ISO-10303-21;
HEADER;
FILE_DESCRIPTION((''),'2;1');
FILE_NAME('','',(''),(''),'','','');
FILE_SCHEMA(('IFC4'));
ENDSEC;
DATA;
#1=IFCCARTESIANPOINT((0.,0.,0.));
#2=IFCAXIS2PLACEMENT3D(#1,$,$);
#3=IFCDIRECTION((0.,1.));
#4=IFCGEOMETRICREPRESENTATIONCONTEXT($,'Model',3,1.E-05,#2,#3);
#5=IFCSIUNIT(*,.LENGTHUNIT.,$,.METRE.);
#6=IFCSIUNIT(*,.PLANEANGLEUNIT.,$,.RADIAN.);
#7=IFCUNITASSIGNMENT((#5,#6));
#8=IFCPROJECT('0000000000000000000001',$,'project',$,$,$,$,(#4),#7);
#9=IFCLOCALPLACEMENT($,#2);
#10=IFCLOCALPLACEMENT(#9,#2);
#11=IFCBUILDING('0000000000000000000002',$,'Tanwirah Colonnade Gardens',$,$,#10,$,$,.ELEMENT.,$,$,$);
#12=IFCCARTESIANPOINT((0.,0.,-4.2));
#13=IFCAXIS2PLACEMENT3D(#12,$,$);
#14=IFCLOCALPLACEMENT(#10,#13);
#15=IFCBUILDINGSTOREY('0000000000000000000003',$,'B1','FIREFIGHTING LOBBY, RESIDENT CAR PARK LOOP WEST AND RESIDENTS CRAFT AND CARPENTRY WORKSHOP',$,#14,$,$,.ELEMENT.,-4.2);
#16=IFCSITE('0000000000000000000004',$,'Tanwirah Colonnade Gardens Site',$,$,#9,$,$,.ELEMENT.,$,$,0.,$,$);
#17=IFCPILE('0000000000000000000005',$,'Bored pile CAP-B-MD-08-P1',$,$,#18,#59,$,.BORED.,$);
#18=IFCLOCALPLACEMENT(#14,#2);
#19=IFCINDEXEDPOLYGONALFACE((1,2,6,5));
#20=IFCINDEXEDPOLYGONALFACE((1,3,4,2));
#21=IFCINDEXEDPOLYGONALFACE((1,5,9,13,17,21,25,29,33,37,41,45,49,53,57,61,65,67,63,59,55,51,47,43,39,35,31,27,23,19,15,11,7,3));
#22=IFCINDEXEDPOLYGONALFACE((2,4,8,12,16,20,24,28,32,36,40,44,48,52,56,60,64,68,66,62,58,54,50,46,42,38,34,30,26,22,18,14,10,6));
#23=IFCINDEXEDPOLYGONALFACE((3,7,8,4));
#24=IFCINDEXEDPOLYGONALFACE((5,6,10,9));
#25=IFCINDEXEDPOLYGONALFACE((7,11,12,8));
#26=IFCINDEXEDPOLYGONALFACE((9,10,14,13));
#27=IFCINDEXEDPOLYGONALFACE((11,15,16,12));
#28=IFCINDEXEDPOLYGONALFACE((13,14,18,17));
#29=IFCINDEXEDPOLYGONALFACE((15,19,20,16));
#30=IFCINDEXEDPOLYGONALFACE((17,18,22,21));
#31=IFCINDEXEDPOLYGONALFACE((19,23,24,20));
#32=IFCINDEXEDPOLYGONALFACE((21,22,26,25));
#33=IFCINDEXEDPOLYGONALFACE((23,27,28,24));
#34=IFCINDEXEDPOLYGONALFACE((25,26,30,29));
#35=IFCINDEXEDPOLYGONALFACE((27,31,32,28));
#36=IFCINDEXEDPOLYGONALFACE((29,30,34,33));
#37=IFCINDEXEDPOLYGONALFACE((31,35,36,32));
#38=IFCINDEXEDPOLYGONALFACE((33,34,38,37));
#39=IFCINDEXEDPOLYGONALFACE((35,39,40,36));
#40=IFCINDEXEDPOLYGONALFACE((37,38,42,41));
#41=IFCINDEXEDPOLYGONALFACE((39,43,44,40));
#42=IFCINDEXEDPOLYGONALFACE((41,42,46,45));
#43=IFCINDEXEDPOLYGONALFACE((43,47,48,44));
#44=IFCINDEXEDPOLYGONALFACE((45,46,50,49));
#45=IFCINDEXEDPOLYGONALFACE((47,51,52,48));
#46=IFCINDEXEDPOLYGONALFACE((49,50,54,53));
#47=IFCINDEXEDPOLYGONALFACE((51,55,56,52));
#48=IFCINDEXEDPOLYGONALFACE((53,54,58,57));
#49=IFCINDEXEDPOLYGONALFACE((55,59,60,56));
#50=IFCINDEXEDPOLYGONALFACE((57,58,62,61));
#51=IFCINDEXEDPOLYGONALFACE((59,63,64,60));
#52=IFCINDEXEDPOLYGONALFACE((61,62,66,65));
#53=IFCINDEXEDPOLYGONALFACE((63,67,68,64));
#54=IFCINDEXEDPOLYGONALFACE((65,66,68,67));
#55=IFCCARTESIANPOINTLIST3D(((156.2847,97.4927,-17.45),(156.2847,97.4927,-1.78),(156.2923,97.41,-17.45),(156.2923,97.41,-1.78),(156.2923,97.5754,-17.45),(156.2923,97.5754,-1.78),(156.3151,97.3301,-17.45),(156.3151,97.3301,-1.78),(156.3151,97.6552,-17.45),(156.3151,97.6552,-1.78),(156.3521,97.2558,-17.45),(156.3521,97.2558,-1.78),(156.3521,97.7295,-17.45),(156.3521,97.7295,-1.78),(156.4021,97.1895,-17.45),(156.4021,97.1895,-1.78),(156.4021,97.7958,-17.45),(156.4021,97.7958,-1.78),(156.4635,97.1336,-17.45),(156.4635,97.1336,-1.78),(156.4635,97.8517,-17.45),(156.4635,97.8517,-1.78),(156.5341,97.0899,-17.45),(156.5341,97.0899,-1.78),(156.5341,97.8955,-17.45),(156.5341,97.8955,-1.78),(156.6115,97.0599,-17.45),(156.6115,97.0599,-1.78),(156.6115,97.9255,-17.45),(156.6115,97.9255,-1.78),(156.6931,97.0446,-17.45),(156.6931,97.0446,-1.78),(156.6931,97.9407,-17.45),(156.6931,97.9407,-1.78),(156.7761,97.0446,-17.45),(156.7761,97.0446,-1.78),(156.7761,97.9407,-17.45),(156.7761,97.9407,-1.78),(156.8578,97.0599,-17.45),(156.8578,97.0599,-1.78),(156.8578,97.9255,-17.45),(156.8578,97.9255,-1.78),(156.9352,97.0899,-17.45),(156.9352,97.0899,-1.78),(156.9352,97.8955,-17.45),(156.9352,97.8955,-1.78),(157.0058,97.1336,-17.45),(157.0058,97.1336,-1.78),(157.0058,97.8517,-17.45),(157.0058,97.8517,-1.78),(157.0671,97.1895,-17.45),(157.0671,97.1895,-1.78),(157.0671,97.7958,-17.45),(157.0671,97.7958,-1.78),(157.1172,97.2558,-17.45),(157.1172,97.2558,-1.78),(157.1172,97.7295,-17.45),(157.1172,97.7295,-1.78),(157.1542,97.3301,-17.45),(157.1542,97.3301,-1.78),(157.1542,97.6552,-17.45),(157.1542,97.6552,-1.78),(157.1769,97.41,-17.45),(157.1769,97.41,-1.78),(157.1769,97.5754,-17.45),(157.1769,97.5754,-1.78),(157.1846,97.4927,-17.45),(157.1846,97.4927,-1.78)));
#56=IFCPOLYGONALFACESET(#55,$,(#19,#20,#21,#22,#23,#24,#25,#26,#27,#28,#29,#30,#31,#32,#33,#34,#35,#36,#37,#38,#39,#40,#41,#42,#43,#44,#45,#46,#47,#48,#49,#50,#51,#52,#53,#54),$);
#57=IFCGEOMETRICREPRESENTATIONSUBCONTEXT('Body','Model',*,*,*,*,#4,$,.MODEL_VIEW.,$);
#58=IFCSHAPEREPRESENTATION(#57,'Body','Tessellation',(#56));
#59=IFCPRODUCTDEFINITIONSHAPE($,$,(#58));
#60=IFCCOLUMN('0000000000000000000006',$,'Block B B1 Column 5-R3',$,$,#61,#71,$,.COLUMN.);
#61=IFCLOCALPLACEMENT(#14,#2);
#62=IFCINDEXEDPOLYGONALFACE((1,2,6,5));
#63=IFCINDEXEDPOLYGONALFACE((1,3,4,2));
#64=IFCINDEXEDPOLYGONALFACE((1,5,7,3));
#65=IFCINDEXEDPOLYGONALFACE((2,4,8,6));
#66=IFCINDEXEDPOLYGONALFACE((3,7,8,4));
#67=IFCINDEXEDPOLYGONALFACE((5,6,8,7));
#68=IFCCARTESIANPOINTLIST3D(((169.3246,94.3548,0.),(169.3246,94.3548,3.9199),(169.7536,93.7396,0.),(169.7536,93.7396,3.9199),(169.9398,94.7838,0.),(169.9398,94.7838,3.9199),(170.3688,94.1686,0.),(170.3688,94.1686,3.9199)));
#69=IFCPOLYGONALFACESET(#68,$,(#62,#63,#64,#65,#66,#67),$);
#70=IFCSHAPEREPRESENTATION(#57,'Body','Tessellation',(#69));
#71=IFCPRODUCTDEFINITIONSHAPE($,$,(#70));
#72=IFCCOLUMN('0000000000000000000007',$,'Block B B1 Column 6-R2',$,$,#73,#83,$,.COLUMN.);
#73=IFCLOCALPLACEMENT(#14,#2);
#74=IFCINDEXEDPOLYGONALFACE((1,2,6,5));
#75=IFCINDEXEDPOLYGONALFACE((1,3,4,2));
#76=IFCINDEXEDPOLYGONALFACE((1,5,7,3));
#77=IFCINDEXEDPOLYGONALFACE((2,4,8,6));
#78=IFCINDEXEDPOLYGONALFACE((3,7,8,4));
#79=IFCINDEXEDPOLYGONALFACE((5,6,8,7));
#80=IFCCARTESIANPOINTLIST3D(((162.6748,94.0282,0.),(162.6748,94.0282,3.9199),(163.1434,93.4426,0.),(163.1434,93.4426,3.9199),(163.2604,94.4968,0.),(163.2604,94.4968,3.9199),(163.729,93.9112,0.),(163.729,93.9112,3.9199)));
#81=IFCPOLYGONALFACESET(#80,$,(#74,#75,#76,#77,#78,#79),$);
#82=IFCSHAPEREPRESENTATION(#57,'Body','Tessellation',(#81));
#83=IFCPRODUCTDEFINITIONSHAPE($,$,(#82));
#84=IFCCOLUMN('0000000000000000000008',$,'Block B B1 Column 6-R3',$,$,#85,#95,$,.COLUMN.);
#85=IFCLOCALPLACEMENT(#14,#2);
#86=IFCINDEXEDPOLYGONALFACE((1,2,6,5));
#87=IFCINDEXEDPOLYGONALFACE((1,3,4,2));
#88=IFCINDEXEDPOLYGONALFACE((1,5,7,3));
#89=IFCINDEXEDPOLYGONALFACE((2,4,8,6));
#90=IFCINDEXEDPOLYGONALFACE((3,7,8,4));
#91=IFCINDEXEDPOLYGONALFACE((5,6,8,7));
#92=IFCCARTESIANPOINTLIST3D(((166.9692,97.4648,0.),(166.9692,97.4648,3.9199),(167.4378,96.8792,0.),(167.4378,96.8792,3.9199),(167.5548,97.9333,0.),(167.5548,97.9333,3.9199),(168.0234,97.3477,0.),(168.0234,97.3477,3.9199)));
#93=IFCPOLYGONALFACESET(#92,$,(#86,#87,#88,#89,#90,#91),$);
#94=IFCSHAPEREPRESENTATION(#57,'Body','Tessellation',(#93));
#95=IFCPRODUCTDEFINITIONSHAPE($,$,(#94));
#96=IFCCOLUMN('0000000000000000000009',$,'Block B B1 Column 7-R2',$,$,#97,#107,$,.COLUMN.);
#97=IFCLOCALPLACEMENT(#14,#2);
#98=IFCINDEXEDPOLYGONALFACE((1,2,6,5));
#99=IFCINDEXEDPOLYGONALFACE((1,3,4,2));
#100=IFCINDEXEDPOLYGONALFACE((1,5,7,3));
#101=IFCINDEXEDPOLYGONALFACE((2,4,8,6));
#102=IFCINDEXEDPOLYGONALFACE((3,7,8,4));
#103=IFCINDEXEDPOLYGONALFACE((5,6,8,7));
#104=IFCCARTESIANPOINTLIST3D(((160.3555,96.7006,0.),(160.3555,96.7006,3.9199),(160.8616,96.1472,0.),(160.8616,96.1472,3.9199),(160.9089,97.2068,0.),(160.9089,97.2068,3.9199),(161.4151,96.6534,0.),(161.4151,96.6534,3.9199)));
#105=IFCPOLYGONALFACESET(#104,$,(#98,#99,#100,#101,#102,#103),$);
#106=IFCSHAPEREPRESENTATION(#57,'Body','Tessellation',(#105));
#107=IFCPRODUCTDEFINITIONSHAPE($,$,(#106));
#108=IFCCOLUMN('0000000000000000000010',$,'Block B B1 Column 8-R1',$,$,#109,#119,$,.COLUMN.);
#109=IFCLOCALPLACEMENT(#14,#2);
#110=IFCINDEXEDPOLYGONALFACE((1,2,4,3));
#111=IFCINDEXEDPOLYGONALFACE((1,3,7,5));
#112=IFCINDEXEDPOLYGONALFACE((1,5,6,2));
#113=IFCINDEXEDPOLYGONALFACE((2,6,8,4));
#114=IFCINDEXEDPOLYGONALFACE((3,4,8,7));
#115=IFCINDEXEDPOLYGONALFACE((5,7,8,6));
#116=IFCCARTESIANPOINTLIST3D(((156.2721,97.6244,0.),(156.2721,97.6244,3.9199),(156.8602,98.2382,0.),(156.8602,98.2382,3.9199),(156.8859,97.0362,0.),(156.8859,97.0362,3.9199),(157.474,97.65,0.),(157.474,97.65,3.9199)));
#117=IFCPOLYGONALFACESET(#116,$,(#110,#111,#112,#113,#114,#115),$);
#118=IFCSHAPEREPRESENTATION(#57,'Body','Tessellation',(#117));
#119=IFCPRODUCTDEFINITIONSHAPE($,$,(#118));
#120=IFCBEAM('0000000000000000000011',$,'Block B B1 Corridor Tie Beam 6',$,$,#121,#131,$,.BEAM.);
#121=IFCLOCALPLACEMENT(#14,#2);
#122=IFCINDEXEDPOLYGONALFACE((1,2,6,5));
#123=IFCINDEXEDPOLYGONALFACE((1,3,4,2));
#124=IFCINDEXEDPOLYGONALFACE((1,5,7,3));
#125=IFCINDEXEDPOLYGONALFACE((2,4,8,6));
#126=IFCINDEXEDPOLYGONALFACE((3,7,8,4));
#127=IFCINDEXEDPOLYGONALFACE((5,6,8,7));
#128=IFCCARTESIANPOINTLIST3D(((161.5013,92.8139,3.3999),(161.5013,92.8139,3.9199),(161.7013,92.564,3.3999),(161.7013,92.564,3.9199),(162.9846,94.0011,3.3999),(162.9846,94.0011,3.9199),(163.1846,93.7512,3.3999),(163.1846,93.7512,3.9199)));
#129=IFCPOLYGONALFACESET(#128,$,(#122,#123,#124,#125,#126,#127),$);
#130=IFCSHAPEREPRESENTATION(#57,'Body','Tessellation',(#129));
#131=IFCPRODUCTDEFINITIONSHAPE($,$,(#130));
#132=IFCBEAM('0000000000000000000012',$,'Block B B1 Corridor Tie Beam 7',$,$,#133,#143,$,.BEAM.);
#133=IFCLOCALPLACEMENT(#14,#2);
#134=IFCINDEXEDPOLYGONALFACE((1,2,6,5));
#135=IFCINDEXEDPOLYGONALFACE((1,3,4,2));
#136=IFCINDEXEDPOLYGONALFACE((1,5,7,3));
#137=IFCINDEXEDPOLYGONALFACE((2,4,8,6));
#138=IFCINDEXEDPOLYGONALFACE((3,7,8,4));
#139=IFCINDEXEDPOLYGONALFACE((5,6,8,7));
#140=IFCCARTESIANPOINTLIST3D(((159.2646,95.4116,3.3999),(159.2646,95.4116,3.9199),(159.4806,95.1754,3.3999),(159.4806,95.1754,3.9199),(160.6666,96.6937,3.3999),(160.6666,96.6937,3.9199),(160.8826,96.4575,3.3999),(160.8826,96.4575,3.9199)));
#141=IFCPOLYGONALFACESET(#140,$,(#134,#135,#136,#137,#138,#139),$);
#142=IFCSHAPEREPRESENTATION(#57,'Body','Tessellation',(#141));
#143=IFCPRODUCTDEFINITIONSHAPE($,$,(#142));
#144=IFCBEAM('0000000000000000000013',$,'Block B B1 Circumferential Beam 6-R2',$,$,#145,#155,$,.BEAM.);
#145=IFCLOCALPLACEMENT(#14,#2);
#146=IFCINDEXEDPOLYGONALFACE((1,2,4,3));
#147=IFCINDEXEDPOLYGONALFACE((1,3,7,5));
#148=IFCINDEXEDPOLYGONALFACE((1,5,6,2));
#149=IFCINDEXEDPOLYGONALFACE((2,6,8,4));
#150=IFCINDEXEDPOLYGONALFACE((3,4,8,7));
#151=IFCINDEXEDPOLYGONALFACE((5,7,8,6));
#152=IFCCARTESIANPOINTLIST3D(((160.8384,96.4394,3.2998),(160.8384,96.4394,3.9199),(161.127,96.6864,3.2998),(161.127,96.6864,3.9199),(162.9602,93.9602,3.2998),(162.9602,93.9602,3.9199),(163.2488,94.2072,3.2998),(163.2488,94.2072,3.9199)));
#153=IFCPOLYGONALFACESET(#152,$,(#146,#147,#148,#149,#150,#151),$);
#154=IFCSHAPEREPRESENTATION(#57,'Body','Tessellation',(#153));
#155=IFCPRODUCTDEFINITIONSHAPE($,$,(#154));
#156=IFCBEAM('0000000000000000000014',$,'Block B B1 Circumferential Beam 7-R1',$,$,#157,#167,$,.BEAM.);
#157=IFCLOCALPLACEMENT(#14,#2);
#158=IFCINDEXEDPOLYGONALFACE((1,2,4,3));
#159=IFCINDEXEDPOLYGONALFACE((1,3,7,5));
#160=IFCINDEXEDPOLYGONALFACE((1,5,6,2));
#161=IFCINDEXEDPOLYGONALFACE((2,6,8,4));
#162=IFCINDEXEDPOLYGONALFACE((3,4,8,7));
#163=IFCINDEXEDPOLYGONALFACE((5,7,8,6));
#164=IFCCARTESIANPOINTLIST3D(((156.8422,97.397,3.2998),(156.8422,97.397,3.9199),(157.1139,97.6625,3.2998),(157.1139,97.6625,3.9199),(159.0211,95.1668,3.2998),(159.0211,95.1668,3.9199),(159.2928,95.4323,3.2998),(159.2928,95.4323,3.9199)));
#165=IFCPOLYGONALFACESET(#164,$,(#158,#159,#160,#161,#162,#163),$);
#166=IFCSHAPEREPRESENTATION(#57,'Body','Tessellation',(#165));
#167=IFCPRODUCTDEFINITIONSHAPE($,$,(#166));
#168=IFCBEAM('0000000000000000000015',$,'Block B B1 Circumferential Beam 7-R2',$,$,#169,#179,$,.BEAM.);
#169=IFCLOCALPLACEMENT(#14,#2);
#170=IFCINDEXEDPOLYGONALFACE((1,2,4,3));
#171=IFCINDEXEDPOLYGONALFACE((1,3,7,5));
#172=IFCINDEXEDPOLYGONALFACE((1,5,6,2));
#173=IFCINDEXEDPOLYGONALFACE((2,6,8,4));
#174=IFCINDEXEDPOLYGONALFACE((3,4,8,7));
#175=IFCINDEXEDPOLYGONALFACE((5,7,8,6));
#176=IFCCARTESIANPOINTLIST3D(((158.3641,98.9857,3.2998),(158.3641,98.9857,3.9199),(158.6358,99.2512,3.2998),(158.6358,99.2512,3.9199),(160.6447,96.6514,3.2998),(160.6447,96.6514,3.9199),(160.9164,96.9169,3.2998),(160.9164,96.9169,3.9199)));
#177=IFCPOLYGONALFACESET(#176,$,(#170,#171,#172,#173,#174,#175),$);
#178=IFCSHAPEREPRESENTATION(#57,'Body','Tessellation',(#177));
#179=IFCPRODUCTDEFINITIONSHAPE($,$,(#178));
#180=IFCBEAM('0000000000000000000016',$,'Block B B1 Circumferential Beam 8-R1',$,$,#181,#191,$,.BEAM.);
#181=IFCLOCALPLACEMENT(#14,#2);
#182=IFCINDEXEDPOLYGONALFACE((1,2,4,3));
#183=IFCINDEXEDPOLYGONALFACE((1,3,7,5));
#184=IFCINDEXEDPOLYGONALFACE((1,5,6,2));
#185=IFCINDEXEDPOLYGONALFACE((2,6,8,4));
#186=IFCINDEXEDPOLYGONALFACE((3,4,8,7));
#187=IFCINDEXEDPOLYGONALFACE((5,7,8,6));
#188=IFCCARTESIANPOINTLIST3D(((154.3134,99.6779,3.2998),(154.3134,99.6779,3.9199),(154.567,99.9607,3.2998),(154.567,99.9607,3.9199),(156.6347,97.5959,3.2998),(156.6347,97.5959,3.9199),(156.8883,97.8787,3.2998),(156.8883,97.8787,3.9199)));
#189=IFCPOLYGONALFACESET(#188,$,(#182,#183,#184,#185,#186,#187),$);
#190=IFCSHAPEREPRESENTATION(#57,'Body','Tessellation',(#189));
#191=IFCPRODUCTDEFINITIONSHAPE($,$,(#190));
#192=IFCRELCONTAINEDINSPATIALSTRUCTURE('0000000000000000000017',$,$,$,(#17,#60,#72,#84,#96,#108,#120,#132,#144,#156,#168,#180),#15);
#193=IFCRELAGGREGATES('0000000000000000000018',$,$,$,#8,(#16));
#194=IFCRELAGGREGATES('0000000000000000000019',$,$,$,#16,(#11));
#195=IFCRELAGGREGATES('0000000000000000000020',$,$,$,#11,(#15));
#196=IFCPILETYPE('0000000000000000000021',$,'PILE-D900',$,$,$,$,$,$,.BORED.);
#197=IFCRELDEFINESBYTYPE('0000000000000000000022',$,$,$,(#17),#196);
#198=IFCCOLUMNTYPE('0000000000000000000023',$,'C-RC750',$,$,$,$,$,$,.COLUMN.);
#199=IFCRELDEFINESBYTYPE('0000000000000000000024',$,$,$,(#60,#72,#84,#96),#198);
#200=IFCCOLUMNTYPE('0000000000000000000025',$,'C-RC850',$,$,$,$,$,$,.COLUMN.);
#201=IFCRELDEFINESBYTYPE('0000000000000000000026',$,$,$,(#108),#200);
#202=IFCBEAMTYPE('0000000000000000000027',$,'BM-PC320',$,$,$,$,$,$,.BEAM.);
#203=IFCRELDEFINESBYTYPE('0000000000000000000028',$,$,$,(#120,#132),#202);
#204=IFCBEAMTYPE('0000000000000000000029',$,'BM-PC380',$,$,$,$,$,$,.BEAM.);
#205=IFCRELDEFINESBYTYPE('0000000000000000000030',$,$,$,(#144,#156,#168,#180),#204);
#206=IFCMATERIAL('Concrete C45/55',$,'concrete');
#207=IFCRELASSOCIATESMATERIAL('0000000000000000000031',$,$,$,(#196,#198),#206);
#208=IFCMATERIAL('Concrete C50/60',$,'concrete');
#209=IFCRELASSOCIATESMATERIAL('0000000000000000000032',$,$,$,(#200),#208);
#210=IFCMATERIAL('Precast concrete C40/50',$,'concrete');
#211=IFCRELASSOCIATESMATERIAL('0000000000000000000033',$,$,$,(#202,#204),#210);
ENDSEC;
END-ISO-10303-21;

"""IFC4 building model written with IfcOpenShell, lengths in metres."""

from ifc_helpers import new_model, si_unit, direction, frame, origin, origin_2d, place, context, subcontext, project, spatial, rectangle, circle, extrude, material, material_profile, profile_set, type_object, element, save


model = new_model("IFC4")

# Units and contexts
model_context = context("Model", 3, precision=1e-05, world=origin(), true_north=direction((0.0, 1.0)))
body_context = subcontext(model_context, "Body", "Model", "MODEL_VIEW")
ifc_project = project(units=[si_unit("LENGTHUNIT", "METRE"), si_unit("PLANEANGLEUNIT", "RADIAN")], contexts=[model_context])

# Site, building, storey
site_placement = place(None, origin())
site = spatial("IfcSite", under=ifc_project, at=site_placement, Name="Tanwirah Colonnade Gardens Site", CompositionType="ELEMENT", RefElevation=0.0)
building_placement = place(site_placement, origin())
building = spatial("IfcBuilding", under=site, at=building_placement, Name="Tanwirah Colonnade Gardens", CompositionType="ELEMENT")
storey_placement = place(building_placement, frame((0.0, 0.0, -4.2)))
storey = spatial("IfcBuildingStorey", under=building, at=storey_placement, Name="B1", Description="FIREFIGHTING LOBBY, RESIDENT CAR PARK LOOP WEST AND RESIDENTS CRAFT AND CARPENTRY WORKSHOP", CompositionType="ELEMENT", Elevation=-4.2)

# Shared definitions
ifc_material_1 = material(Name="Concrete C45/55", Category="concrete")

# Pile
ifc_material_profile_1 = material_profile(ifc_material_1, circle(Radius=0.45, at=origin_2d()), Name="PILE D900")
ifc_profile_set_1 = profile_set([ifc_material_profile_1], Name="Concrete C45/55")
pile_type_1 = type_object("IfcPileType", Name="PILE-D900", PredefinedType="BORED", material=ifc_profile_set_1)
pile_1_placement = place(storey_placement, frame((156.7346, 97.4927, -1.78), z_axis=(0.0, 0.0, -1.0), x_axis=(1.0, 0.0, 0.0)))
element("IfcPile", 1, at=pile_1_placement, inside=storey, type_object=pile_type_1, Name="Bored pile CAP-B-MD-08-P1", PredefinedType="BORED", context=body_context, shape_type="SweptSolid", body=[
    extrude(circle(Radius=0.45, at=origin_2d()), origin(), (0.0, 0.0, 1.0), 15.6699),
])

# Columns
ifc_material_profile_2 = material_profile(ifc_material_1, rectangle(XDim=0.75, YDim=0.75, at=origin_2d()), Name="RC-COL 750x750")
ifc_profile_set_2 = profile_set([ifc_material_profile_2], Name="Concrete C45/55")
column_type_1 = type_object("IfcColumnType", Name="C-RC750", PredefinedType="COLUMN", material=ifc_profile_set_2)
for number, where, z_axis, x_axis, name in (
    (2, (169.8467, 94.2617, 0.0), (0.0, 0.0, 1.0), (0.820263, 0.571987, 0.0), "Block B B1 Column 5-R3"),
    (3, (163.2019, 93.9697, 0.0), (0.0, 0.0, 1.0), (0.780794, 0.624789, 0.0), "Block B B1 Column 6-R2"),
    (4, (167.4963, 97.4062, 0.0), (0.0, 0.0, 1.0), (0.780794, 0.624789, 0.0), "Block B B1 Column 6-R3"),
    (5, (160.8853, 96.677, 0.0), (0.0, 0.0, 1.0), (0.737932, 0.674875, 0.0), "Block B B1 Column 7-R2"),
):
    element("IfcColumn", number, at=place(storey_placement, frame(where, z_axis=z_axis, x_axis=x_axis)), inside=storey, type_object=column_type_1, Name=name, PredefinedType="COLUMN", context=body_context, shape_type="SweptSolid", body=[
        extrude(rectangle(XDim=0.75, YDim=0.75, at=origin_2d()), origin(), (0.0, 0.0, 1.0), 3.9199),
    ])
ifc_material_2 = material(Name="Concrete C50/60", Category="concrete")
ifc_material_profile_3 = material_profile(ifc_material_2, rectangle(XDim=0.8501, YDim=0.8501, at=origin_2d()), Name="RC-COL 850x850")
ifc_profile_set_3 = profile_set([ifc_material_profile_3], Name="Concrete C50/60")
column_type_2 = type_object("IfcColumnType", Name="C-RC850", PredefinedType="COLUMN", material=ifc_profile_set_3)
column_placement = place(storey_placement, frame((156.873, 97.6372, 0.0), z_axis=(0.0, 0.0, 1.0), x_axis=(0.691863, 0.722029, 0.0)))
element("IfcColumn", 6, at=column_placement, inside=storey, type_object=column_type_2, Name="Block B B1 Column 8-R1", PredefinedType="COLUMN", context=body_context, shape_type="SweptSolid", body=[
    extrude(rectangle(XDim=0.8501, YDim=0.8501, at=origin_2d()), origin(), (0.0, 0.0, 1.0), 3.9199),
])

# Beams
ifc_material_3 = material(Name="Precast concrete C40/50", Category="concrete")
ifc_material_profile_4 = material_profile(ifc_material_3, rectangle(XDim=0.3201, YDim=0.52, at=origin_2d()), Name="PC-BM 320x520")
ifc_profile_set_4 = profile_set([ifc_material_profile_4], Name="Precast concrete C40/50")
beam_type_1 = type_object("IfcBeamType", Name="BM-PC320", PredefinedType="BEAM", material=ifc_profile_set_4)
for number, where, z_axis, x_axis, name in (
    (7, (161.6013, 92.689, 3.6599), (0.780731, 0.624867, 0.0), (-0.624867, 0.780731, 0.0), "Block B B1 Corridor Tie Beam 6"),
    (8, (159.3726, 95.2935, 3.6599), (0.737948, 0.674857, 0.0), (-0.674857, 0.737948, 0.0), "Block B B1 Corridor Tie Beam 7"),
):
    element("IfcBeam", number, at=place(storey_placement, frame(where, z_axis=z_axis, x_axis=x_axis)), inside=storey, type_object=beam_type_1, Name=name, PredefinedType="BEAM", context=body_context, shape_type="SweptSolid", body=[
        extrude(rectangle(XDim=0.3201, YDim=0.52, at=origin_2d()), origin(), (0.0, 0.0, 1.0), 1.8999),
    ])
ifc_material_profile_5 = material_profile(ifc_material_3, rectangle(XDim=0.3799, YDim=0.6201, at=origin_2d()), Name="PC-BM 380x620")
ifc_profile_set_5 = profile_set([ifc_material_profile_5], Name="Precast concrete C40/50")
beam_type_2 = type_object("IfcBeamType", Name="BM-PC380", PredefinedType="BEAM", material=ifc_profile_set_5)
beam_1_placement = place(storey_placement, frame((163.1045, 94.0837, 3.6099), z_axis=(-0.650218, 0.759748, 0.0), x_axis=(-0.759748, -0.650218, 0.0)))
element("IfcBeam", 9, at=beam_1_placement, inside=storey, type_object=beam_type_2, Name="Block B B1 Circumferential Beam 6-R2", PredefinedType="BEAM", context=body_context, shape_type="SweptSolid", body=[
    extrude(rectangle(XDim=0.3799, YDim=0.6201, at=origin_2d()), origin(), (0.0, 0.0, 1.0), 3.2632),
])
beam_2_placement = place(storey_placement, frame((159.157, 95.2996, 3.6099), z_axis=(-0.698837, 0.715281, 0.0), x_axis=(-0.715281, -0.698837, 0.0)))
element("IfcBeam", 10, at=beam_2_placement, inside=storey, type_object=beam_type_2, Name="Block B B1 Circumferential Beam 7-R1", PredefinedType="BEAM", context=body_context, shape_type="SweptSolid", body=[
    extrude(rectangle(XDim=0.3799, YDim=0.6201, at=origin_2d()), origin(), (0.0, 0.0, 1.0), 3.1179),
])
beam_3_placement = place(storey_placement, frame((160.7805, 96.7842, 3.6099), z_axis=(-0.698829, 0.715288, 0.0), x_axis=(-0.715288, -0.698829, 0.0)))
element("IfcBeam", 11, at=beam_3_placement, inside=storey, type_object=beam_type_2, Name="Block B B1 Circumferential Beam 7-R2", PredefinedType="BEAM", context=body_context, shape_type="SweptSolid", body=[
    extrude(rectangle(XDim=0.3799, YDim=0.6201, at=origin_2d()), origin(), (0.0, 0.0, 1.0), 3.2634),
])
beam_4_placement = place(storey_placement, frame((156.7615, 97.7373, 3.6099), z_axis=(-0.74443, 0.667701, 0.0), x_axis=(-0.667701, -0.74443, 0.0)))
element("IfcBeam", 12, at=beam_4_placement, inside=storey, type_object=beam_type_2, Name="Block B B1 Circumferential Beam 8-R1", PredefinedType="BEAM", context=body_context, shape_type="SweptSolid", body=[
    extrude(rectangle(XDim=0.3799, YDim=0.6201, at=origin_2d()), origin(), (0.0, 0.0, 1.0), 3.1182),
])

save(model, "model.ifc")
